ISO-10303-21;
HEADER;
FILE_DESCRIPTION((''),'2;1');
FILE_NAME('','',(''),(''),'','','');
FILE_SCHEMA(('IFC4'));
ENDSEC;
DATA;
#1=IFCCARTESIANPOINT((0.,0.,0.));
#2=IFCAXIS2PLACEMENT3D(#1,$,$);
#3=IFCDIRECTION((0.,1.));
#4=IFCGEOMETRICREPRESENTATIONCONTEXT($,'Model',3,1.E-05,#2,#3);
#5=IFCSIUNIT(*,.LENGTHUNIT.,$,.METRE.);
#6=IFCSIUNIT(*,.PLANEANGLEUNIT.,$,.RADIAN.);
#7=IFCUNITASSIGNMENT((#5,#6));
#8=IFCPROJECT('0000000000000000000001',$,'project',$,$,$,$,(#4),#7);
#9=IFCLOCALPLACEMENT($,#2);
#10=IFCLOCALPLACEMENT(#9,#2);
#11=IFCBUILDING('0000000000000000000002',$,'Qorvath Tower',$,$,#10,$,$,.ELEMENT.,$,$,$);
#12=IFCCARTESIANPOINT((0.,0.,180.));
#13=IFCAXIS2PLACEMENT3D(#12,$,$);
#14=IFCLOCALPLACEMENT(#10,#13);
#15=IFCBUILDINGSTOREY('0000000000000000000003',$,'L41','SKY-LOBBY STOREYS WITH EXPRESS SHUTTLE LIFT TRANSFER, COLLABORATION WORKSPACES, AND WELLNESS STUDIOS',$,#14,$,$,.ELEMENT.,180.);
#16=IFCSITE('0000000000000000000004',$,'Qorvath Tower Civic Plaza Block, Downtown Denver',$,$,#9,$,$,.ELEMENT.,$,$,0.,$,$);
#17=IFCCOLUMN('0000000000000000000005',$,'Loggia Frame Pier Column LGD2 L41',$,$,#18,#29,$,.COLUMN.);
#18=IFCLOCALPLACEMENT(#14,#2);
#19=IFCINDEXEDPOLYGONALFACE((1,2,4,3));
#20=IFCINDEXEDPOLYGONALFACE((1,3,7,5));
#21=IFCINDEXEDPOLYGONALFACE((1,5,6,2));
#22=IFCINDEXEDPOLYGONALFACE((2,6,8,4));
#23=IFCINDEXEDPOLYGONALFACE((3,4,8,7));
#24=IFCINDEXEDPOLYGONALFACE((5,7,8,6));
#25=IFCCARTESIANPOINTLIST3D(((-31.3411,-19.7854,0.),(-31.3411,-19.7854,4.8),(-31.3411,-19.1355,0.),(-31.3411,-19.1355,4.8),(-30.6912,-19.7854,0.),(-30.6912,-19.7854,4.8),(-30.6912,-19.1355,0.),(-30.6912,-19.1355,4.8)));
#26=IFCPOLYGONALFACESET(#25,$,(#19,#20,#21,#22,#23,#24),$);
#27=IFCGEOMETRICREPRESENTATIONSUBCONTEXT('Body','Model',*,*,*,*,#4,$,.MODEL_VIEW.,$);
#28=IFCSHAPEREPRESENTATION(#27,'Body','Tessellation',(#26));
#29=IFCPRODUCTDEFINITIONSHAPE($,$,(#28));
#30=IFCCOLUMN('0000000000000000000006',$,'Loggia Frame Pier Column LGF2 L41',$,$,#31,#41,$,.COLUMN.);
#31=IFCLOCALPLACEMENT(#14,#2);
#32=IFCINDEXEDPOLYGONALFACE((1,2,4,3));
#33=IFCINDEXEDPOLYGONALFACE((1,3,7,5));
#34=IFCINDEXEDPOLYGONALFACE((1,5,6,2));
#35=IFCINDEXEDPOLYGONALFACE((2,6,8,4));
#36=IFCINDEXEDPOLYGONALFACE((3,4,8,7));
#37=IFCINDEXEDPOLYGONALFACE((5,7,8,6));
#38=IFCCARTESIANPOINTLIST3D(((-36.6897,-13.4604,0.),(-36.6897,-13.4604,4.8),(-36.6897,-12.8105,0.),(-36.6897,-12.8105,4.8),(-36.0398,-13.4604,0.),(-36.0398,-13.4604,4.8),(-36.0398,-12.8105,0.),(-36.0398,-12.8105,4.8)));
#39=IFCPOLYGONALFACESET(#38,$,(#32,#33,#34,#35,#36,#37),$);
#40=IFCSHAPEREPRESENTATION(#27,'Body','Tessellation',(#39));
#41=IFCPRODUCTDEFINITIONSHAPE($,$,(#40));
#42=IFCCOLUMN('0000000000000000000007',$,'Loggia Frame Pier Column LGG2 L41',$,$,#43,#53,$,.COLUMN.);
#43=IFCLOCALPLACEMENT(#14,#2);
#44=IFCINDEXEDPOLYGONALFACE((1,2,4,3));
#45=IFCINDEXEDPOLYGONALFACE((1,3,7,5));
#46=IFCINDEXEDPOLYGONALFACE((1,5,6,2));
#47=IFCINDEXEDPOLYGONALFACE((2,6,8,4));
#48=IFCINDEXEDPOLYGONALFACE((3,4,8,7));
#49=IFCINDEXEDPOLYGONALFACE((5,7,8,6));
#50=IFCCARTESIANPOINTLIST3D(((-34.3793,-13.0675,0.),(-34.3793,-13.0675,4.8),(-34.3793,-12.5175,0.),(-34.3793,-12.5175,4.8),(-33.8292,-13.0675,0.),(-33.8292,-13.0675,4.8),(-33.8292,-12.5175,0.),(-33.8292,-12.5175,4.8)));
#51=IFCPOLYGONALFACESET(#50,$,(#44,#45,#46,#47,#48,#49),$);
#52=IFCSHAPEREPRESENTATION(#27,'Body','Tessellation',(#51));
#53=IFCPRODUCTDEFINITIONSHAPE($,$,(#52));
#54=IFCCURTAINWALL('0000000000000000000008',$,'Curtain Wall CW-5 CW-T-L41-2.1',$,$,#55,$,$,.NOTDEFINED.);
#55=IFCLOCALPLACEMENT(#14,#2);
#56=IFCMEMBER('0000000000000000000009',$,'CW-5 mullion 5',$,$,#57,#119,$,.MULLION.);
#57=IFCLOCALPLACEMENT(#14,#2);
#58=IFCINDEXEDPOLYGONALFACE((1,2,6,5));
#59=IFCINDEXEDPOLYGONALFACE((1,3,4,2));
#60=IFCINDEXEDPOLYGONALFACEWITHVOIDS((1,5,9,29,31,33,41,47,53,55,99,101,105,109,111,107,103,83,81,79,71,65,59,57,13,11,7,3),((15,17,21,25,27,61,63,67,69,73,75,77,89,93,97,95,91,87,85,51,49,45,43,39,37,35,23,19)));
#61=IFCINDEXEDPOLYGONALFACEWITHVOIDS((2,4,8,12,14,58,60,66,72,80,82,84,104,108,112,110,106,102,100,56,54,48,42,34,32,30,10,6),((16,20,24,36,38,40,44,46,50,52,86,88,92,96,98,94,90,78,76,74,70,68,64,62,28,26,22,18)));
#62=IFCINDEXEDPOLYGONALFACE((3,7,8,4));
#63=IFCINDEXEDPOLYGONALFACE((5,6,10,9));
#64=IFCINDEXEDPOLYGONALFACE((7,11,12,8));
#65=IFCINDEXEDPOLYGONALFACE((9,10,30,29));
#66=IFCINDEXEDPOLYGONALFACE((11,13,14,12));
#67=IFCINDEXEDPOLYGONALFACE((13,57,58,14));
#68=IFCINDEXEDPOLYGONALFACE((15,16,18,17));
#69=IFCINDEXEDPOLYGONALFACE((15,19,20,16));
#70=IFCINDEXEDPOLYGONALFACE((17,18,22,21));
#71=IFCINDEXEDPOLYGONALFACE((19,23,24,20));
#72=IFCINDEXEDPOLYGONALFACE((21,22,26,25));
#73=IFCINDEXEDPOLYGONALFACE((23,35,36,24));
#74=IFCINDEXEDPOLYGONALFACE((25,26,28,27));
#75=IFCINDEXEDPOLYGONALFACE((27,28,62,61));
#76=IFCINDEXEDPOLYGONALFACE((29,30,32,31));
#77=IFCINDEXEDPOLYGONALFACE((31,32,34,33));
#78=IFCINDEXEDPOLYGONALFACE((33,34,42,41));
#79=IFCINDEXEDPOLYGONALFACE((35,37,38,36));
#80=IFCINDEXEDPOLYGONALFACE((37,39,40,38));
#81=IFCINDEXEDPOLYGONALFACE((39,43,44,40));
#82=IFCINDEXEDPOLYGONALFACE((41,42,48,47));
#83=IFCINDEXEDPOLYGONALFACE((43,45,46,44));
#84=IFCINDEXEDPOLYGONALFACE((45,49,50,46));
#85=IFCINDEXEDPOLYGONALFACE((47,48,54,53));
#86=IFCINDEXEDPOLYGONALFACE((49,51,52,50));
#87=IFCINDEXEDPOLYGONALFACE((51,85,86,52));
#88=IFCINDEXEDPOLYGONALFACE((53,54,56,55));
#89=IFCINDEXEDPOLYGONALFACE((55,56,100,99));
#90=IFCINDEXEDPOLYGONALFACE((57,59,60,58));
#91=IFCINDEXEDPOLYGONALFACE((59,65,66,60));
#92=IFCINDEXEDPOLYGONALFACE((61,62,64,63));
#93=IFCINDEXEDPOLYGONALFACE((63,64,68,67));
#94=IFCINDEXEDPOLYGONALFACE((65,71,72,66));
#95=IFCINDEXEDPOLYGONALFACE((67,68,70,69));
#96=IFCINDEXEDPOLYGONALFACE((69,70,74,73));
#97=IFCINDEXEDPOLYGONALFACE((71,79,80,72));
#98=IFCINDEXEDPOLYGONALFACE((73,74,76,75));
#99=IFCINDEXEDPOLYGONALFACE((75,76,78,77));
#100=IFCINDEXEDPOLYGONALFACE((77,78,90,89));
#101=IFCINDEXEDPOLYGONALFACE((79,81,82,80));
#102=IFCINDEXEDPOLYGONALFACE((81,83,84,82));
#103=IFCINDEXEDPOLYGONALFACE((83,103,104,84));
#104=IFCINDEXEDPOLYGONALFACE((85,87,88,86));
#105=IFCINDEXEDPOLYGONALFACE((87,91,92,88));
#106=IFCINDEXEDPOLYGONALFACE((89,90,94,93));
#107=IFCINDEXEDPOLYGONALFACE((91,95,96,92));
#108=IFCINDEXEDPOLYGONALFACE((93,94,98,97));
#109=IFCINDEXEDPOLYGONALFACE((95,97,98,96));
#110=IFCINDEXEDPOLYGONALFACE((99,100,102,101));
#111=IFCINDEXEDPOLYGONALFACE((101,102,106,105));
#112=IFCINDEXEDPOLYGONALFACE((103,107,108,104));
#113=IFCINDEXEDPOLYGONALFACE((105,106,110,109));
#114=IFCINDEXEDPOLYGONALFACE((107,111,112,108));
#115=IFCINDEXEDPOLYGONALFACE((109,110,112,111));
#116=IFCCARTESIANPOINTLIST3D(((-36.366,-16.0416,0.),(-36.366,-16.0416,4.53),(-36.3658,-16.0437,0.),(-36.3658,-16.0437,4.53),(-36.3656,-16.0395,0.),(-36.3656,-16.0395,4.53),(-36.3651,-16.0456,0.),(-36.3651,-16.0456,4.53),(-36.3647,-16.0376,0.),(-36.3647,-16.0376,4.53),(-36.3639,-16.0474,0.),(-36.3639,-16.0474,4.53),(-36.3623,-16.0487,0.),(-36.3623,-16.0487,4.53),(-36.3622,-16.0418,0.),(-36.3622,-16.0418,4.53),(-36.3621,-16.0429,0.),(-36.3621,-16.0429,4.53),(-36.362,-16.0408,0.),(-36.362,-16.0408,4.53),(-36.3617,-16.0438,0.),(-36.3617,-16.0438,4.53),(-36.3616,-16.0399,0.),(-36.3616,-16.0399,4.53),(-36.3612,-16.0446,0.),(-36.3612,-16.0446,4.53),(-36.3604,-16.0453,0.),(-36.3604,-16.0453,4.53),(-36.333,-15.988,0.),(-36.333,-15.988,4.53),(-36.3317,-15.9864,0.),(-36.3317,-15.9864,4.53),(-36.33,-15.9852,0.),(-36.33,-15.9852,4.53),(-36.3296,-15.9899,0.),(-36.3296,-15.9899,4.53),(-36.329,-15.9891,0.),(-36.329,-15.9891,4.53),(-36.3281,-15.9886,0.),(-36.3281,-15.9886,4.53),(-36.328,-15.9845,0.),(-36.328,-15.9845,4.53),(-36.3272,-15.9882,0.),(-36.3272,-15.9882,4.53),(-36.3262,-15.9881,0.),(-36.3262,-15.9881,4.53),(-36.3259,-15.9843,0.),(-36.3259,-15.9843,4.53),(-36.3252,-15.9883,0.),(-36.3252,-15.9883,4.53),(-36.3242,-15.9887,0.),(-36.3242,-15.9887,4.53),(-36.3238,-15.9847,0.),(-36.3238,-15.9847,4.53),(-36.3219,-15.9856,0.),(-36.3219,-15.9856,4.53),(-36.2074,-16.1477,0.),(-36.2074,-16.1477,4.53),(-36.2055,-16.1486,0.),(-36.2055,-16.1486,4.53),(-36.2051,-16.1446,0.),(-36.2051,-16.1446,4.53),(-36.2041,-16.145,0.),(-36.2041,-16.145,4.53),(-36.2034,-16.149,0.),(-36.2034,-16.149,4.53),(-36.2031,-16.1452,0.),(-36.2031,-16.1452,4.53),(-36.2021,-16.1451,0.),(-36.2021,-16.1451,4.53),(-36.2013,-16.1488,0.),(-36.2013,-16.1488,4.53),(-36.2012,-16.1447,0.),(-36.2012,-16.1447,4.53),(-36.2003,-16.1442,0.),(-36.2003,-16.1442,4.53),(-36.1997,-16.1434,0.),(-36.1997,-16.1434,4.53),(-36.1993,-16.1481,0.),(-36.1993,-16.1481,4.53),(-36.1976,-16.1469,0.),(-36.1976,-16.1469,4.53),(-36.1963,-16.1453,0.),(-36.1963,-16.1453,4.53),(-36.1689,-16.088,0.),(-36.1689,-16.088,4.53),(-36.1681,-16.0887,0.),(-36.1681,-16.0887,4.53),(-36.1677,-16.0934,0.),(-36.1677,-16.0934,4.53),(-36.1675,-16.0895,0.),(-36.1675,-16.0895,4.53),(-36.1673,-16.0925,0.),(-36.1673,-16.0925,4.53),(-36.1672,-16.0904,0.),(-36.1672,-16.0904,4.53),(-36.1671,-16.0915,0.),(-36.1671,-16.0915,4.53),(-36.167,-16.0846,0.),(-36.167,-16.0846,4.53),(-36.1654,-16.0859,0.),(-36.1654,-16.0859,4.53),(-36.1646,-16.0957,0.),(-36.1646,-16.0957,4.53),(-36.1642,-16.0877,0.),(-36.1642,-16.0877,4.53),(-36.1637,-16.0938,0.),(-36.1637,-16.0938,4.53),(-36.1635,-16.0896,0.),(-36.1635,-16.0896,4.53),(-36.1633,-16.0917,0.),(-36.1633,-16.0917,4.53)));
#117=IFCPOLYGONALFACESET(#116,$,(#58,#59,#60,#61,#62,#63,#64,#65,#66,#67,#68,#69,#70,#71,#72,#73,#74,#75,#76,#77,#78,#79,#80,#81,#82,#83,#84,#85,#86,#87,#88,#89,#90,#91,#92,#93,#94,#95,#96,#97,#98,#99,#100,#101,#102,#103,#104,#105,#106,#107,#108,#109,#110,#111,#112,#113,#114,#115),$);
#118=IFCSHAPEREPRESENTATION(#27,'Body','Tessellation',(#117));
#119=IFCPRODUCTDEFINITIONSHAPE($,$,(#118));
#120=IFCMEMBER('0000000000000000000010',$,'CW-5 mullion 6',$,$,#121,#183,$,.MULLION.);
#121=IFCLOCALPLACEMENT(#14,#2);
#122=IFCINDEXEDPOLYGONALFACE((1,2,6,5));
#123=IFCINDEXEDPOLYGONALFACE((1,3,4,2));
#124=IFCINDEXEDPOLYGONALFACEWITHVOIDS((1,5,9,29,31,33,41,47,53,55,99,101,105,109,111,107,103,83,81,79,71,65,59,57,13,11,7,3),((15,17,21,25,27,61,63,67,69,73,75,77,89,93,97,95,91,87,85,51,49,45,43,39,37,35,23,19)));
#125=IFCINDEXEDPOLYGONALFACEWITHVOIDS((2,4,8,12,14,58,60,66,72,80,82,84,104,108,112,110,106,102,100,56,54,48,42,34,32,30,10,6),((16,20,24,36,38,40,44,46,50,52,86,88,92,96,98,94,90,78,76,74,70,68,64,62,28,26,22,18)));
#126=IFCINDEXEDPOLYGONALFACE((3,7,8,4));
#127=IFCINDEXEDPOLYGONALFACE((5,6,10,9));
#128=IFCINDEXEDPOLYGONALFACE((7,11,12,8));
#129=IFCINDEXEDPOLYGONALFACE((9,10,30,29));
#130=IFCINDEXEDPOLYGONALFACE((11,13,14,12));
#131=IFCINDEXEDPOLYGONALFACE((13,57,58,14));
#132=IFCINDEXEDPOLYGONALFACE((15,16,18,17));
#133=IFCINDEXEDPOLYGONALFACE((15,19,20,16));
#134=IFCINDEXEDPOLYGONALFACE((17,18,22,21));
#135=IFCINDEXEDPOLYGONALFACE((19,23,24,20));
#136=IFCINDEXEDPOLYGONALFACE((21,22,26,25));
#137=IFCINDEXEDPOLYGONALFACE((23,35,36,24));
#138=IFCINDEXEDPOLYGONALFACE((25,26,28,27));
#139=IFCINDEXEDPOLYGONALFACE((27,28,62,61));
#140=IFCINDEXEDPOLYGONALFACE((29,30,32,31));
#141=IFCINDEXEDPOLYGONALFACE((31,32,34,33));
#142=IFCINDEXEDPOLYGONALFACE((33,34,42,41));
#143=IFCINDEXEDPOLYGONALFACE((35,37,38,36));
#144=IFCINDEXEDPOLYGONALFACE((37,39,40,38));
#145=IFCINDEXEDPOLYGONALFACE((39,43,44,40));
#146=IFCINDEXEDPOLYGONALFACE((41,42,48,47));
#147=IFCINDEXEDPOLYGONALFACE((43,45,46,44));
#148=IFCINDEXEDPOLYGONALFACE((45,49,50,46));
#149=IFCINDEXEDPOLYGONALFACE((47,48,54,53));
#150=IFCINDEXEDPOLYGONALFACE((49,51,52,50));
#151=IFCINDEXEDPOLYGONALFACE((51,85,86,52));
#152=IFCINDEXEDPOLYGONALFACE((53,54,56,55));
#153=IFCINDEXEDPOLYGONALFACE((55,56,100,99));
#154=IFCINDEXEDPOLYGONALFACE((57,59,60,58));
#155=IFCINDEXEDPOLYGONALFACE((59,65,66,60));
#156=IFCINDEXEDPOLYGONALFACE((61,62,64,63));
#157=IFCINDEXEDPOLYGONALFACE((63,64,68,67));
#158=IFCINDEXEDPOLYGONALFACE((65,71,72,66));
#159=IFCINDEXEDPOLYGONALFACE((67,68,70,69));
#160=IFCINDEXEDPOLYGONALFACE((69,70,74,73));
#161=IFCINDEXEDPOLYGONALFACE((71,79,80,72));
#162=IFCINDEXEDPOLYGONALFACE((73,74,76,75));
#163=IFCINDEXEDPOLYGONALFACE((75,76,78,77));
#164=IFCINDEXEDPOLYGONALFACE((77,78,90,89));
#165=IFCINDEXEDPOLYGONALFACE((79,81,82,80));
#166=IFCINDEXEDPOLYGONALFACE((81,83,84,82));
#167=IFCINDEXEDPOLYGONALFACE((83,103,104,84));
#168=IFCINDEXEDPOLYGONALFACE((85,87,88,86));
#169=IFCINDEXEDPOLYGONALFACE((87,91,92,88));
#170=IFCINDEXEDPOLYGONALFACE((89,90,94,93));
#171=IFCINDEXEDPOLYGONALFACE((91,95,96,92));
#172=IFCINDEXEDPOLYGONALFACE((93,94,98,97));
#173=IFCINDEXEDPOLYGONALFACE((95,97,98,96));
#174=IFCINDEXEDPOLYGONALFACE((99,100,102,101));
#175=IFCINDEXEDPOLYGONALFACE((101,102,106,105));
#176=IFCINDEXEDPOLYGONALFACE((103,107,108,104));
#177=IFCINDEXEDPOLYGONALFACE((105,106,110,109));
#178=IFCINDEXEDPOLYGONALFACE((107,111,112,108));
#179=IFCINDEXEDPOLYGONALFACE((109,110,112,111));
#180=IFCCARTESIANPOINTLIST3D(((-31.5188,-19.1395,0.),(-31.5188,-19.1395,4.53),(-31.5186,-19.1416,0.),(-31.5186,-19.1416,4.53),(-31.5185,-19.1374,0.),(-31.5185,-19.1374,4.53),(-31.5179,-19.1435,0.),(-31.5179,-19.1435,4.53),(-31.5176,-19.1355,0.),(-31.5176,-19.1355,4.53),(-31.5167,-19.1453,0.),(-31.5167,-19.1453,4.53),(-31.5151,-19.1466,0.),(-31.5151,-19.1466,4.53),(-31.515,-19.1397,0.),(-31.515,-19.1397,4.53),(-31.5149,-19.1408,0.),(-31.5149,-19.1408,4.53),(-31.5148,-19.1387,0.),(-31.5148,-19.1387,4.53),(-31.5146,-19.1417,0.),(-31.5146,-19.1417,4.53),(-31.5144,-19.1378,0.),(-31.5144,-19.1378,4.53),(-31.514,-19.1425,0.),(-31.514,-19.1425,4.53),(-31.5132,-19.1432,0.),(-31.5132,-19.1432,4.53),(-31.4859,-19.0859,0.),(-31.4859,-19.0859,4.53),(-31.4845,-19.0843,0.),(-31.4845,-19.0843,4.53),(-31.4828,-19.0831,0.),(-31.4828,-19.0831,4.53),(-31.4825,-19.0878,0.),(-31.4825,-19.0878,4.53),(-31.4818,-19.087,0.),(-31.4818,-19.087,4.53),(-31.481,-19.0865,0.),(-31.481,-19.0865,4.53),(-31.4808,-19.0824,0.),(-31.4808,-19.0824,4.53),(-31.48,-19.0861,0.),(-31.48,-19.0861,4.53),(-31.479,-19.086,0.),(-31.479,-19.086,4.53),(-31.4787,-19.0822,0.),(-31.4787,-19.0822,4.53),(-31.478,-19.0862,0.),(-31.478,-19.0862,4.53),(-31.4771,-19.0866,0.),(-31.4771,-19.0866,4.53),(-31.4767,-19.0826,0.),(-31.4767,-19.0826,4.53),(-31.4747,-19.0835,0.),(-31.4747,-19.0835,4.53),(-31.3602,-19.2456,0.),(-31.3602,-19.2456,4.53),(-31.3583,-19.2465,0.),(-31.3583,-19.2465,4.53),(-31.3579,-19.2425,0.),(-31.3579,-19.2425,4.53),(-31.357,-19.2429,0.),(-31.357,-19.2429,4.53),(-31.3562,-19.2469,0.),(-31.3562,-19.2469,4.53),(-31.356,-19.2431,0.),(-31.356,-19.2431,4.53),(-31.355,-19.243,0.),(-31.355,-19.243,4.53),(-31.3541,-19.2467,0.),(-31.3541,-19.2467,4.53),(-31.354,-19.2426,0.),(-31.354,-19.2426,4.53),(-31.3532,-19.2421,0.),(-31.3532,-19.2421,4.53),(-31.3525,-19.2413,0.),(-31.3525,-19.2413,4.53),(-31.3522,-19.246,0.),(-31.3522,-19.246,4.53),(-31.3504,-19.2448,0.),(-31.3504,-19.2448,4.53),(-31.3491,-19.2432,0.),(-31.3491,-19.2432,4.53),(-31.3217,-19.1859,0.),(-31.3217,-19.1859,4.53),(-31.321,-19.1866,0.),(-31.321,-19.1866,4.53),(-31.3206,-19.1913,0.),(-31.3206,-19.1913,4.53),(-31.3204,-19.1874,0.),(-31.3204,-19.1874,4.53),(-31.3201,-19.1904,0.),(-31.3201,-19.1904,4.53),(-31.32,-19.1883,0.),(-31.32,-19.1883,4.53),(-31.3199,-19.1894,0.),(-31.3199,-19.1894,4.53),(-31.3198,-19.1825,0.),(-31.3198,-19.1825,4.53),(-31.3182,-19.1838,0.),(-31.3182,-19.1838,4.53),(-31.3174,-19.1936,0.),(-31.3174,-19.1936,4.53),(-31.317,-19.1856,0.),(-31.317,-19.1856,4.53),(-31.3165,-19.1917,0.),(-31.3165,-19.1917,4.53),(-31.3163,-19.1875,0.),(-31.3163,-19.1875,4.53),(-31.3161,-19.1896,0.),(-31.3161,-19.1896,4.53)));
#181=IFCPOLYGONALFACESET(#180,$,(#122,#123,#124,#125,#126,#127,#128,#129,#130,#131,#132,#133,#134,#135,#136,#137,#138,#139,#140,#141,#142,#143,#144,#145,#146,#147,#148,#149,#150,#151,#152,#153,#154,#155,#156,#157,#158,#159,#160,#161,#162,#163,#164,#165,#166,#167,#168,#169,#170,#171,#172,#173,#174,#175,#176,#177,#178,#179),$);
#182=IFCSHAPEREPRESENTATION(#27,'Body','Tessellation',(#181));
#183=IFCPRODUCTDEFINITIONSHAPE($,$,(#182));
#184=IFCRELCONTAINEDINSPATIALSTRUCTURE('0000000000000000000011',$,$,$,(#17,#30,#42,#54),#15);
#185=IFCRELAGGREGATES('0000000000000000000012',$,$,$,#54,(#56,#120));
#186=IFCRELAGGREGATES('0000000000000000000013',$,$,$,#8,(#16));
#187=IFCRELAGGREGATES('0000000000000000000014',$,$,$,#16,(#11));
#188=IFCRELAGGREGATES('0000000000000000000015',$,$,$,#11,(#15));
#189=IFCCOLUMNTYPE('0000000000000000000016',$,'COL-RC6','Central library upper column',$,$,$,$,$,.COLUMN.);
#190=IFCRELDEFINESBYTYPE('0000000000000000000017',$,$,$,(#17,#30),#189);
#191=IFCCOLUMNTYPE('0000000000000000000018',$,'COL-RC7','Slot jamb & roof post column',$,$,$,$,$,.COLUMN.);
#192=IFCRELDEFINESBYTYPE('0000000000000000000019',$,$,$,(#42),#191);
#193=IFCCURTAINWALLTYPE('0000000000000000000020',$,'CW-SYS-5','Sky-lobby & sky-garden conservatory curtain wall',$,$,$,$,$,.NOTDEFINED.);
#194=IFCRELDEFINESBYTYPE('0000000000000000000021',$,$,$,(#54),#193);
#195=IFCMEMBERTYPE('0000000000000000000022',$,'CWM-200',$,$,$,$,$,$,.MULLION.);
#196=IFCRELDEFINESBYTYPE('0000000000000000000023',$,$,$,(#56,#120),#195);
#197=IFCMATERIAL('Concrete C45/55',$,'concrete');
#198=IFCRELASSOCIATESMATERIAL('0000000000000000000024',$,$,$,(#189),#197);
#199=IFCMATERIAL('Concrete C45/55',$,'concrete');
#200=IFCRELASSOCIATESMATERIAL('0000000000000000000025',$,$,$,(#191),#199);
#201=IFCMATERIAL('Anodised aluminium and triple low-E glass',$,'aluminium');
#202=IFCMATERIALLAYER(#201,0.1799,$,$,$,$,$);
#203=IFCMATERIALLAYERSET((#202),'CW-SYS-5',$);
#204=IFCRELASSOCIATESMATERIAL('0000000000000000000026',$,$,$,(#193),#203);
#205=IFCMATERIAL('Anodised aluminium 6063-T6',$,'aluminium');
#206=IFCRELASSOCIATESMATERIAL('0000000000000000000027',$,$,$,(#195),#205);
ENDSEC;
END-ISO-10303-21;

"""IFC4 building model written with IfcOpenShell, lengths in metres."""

from ifc_helpers import new_model, si_unit, direction, frame, origin, origin_2d, place, context, subcontext, project, spatial, rectangle, hollow_rectangle, extrude, material, layer, layer_set, material_profile, profile_set, type_object, element, aggregate, save


model = new_model("IFC4")

# Units and contexts
model_context = context("Model", 3, precision=1e-05, world=origin(), true_north=direction((0.0, 1.0)))
body_context = subcontext(model_context, "Body", "Model", "MODEL_VIEW")
ifc_project = project(units=[si_unit("LENGTHUNIT", "METRE"), si_unit("PLANEANGLEUNIT", "RADIAN")], contexts=[model_context])

# Site, building, storey
site_placement = place(None, origin())
site = spatial("IfcSite", under=ifc_project, at=site_placement, Name="Qorvath Tower Civic Plaza Block, Downtown Denver", CompositionType="ELEMENT", RefElevation=0.0)
building_placement = place(site_placement, origin())
building = spatial("IfcBuilding", under=site, at=building_placement, Name="Qorvath Tower", CompositionType="ELEMENT")
storey_placement = place(building_placement, frame((0.0, 0.0, 180.0)))
storey = spatial("IfcBuildingStorey", under=building, at=storey_placement, Name="L41", Description="SKY-LOBBY STOREYS WITH EXPRESS SHUTTLE LIFT TRANSFER, COLLABORATION WORKSPACES, AND WELLNESS STUDIOS", CompositionType="ELEMENT", Elevation=180.0)

# Columns
ifc_material_1 = material(Name="Concrete C45/55", Category="concrete")
ifc_material_profile_1 = material_profile(ifc_material_1, rectangle(XDim=0.6499, YDim=0.6499, at=origin_2d()), Name="RC 650x650")
ifc_profile_set_1 = profile_set([ifc_material_profile_1], Name="Concrete C45/55")
column_type_1 = type_object("IfcColumnType", Name="COL-RC6", Description="Central library upper column", PredefinedType="COLUMN", material=ifc_profile_set_1)
for number, where, z_axis, x_axis, name in (
    (1, (-31.0161, -19.4604, 0.0), (0.0, 0.0, 1.0), (1.0, 0.0, 0.0), "Loggia Frame Pier Column LGD2 L41"),
    (2, (-36.3647, -13.1355, 0.0), (0.0, 0.0, 1.0), (1.0, 0.0, 0.0), "Loggia Frame Pier Column LGF2 L41"),
):
    element("IfcColumn", number, at=place(storey_placement, frame(where, z_axis=z_axis, x_axis=x_axis)), inside=storey, type_object=column_type_1, Name=name, PredefinedType="COLUMN", context=body_context, shape_type="SweptSolid", body=[
        extrude(rectangle(XDim=0.6499, YDim=0.6499, at=origin_2d()), origin(), (0.0, 0.0, 1.0), 4.8),
    ])
ifc_material_2 = material(Name="Concrete C45/55", Category="concrete")
ifc_material_profile_2 = material_profile(ifc_material_2, rectangle(XDim=0.55, YDim=0.55, at=origin_2d()), Name="RC 550x550")
ifc_profile_set_2 = profile_set([ifc_material_profile_2], Name="Concrete C45/55")
column_type_2 = type_object("IfcColumnType", Name="COL-RC7", Description="Slot jamb & roof post column", PredefinedType="COLUMN", material=ifc_profile_set_2)
column_placement = place(storey_placement, frame((-34.1042, -12.7925, 0.0), z_axis=(0.0, 0.0, 1.0), x_axis=(1.0, 0.0, 0.0)))
element("IfcColumn", 3, at=column_placement, inside=storey, type_object=column_type_2, Name="Loggia Frame Pier Column LGG2 L41", PredefinedType="COLUMN", context=body_context, shape_type="SweptSolid", body=[
    extrude(rectangle(XDim=0.55, YDim=0.55, at=origin_2d()), origin(), (0.0, 0.0, 1.0), 4.8),
])

# Curtain wall, members
ifc_material_3 = material(Name="Anodised aluminium and triple low-E glass", Category="aluminium")
ifc_layer_1 = layer(ifc_material_3, 0.1799)
ifc_layer_set_1 = layer_set([ifc_layer_1], Name="CW-SYS-5")
curtain_wall_type = type_object("IfcCurtainWallType", Name="CW-SYS-5", Description="Sky-lobby & sky-garden conservatory curtain wall", PredefinedType="NOTDEFINED", material=ifc_layer_set_1)
curtain_wall_placement = place(storey_placement, origin())
curtain_wall = element("IfcCurtainWall", 4, at=curtain_wall_placement, inside=storey, type_object=curtain_wall_type, Name="Curtain Wall CW-5 CW-T-L41-2.1", PredefinedType="NOTDEFINED")
ifc_material_4 = material(Name="Anodised aluminium 6063-T6", Category="aluminium")
ifc_material_profile_3 = material_profile(ifc_material_4, hollow_rectangle(XDim=0.075, YDim=0.2, WallThickness=0.0039, InnerFilletRadius=0.0039, OuterFilletRadius=0.0081, at=origin_2d()), Name="CWM 200x75")
ifc_profile_set_3 = profile_set([ifc_material_profile_3], Name="Anodised aluminium 6063-T6")
member_type_1 = type_object("IfcMemberType", Name="CWM-200", PredefinedType="MULLION", material=ifc_profile_set_3)
member_1_placement = place(storey_placement, frame((-36.2646, -16.0667, 0.0), z_axis=(0.0, 0.0, 1.0), x_axis=(0.538533, 0.842604, 0.0)))
member_1 = element("IfcMember", 5, at=member_1_placement, type_object=member_type_1, Name="CW-5 mullion 5", PredefinedType="MULLION", context=body_context, shape_type="SweptSolid", body=[
    extrude(hollow_rectangle(XDim=0.075, YDim=0.2, WallThickness=0.0039, InnerFilletRadius=0.0039, OuterFilletRadius=0.0081, at=origin_2d()), origin(), (0.0, 0.0, 1.0), 4.53),
])
member_2_placement = place(storey_placement, frame((-31.4175, -19.1646, 0.0), z_axis=(0.0, 0.0, 1.0), x_axis=(0.538533, 0.842604, 0.0)))
member_2 = element("IfcMember", 6, at=member_2_placement, type_object=member_type_1, Name="CW-5 mullion 6", PredefinedType="MULLION", context=body_context, shape_type="SweptSolid", body=[
    extrude(hollow_rectangle(XDim=0.075, YDim=0.2, WallThickness=0.0039, InnerFilletRadius=0.0039, OuterFilletRadius=0.0081, at=origin_2d()), origin(), (0.0, 0.0, 1.0), 4.53),
])
aggregate(curtain_wall, [member_1, member_2])

save(model, "model.ifc")
